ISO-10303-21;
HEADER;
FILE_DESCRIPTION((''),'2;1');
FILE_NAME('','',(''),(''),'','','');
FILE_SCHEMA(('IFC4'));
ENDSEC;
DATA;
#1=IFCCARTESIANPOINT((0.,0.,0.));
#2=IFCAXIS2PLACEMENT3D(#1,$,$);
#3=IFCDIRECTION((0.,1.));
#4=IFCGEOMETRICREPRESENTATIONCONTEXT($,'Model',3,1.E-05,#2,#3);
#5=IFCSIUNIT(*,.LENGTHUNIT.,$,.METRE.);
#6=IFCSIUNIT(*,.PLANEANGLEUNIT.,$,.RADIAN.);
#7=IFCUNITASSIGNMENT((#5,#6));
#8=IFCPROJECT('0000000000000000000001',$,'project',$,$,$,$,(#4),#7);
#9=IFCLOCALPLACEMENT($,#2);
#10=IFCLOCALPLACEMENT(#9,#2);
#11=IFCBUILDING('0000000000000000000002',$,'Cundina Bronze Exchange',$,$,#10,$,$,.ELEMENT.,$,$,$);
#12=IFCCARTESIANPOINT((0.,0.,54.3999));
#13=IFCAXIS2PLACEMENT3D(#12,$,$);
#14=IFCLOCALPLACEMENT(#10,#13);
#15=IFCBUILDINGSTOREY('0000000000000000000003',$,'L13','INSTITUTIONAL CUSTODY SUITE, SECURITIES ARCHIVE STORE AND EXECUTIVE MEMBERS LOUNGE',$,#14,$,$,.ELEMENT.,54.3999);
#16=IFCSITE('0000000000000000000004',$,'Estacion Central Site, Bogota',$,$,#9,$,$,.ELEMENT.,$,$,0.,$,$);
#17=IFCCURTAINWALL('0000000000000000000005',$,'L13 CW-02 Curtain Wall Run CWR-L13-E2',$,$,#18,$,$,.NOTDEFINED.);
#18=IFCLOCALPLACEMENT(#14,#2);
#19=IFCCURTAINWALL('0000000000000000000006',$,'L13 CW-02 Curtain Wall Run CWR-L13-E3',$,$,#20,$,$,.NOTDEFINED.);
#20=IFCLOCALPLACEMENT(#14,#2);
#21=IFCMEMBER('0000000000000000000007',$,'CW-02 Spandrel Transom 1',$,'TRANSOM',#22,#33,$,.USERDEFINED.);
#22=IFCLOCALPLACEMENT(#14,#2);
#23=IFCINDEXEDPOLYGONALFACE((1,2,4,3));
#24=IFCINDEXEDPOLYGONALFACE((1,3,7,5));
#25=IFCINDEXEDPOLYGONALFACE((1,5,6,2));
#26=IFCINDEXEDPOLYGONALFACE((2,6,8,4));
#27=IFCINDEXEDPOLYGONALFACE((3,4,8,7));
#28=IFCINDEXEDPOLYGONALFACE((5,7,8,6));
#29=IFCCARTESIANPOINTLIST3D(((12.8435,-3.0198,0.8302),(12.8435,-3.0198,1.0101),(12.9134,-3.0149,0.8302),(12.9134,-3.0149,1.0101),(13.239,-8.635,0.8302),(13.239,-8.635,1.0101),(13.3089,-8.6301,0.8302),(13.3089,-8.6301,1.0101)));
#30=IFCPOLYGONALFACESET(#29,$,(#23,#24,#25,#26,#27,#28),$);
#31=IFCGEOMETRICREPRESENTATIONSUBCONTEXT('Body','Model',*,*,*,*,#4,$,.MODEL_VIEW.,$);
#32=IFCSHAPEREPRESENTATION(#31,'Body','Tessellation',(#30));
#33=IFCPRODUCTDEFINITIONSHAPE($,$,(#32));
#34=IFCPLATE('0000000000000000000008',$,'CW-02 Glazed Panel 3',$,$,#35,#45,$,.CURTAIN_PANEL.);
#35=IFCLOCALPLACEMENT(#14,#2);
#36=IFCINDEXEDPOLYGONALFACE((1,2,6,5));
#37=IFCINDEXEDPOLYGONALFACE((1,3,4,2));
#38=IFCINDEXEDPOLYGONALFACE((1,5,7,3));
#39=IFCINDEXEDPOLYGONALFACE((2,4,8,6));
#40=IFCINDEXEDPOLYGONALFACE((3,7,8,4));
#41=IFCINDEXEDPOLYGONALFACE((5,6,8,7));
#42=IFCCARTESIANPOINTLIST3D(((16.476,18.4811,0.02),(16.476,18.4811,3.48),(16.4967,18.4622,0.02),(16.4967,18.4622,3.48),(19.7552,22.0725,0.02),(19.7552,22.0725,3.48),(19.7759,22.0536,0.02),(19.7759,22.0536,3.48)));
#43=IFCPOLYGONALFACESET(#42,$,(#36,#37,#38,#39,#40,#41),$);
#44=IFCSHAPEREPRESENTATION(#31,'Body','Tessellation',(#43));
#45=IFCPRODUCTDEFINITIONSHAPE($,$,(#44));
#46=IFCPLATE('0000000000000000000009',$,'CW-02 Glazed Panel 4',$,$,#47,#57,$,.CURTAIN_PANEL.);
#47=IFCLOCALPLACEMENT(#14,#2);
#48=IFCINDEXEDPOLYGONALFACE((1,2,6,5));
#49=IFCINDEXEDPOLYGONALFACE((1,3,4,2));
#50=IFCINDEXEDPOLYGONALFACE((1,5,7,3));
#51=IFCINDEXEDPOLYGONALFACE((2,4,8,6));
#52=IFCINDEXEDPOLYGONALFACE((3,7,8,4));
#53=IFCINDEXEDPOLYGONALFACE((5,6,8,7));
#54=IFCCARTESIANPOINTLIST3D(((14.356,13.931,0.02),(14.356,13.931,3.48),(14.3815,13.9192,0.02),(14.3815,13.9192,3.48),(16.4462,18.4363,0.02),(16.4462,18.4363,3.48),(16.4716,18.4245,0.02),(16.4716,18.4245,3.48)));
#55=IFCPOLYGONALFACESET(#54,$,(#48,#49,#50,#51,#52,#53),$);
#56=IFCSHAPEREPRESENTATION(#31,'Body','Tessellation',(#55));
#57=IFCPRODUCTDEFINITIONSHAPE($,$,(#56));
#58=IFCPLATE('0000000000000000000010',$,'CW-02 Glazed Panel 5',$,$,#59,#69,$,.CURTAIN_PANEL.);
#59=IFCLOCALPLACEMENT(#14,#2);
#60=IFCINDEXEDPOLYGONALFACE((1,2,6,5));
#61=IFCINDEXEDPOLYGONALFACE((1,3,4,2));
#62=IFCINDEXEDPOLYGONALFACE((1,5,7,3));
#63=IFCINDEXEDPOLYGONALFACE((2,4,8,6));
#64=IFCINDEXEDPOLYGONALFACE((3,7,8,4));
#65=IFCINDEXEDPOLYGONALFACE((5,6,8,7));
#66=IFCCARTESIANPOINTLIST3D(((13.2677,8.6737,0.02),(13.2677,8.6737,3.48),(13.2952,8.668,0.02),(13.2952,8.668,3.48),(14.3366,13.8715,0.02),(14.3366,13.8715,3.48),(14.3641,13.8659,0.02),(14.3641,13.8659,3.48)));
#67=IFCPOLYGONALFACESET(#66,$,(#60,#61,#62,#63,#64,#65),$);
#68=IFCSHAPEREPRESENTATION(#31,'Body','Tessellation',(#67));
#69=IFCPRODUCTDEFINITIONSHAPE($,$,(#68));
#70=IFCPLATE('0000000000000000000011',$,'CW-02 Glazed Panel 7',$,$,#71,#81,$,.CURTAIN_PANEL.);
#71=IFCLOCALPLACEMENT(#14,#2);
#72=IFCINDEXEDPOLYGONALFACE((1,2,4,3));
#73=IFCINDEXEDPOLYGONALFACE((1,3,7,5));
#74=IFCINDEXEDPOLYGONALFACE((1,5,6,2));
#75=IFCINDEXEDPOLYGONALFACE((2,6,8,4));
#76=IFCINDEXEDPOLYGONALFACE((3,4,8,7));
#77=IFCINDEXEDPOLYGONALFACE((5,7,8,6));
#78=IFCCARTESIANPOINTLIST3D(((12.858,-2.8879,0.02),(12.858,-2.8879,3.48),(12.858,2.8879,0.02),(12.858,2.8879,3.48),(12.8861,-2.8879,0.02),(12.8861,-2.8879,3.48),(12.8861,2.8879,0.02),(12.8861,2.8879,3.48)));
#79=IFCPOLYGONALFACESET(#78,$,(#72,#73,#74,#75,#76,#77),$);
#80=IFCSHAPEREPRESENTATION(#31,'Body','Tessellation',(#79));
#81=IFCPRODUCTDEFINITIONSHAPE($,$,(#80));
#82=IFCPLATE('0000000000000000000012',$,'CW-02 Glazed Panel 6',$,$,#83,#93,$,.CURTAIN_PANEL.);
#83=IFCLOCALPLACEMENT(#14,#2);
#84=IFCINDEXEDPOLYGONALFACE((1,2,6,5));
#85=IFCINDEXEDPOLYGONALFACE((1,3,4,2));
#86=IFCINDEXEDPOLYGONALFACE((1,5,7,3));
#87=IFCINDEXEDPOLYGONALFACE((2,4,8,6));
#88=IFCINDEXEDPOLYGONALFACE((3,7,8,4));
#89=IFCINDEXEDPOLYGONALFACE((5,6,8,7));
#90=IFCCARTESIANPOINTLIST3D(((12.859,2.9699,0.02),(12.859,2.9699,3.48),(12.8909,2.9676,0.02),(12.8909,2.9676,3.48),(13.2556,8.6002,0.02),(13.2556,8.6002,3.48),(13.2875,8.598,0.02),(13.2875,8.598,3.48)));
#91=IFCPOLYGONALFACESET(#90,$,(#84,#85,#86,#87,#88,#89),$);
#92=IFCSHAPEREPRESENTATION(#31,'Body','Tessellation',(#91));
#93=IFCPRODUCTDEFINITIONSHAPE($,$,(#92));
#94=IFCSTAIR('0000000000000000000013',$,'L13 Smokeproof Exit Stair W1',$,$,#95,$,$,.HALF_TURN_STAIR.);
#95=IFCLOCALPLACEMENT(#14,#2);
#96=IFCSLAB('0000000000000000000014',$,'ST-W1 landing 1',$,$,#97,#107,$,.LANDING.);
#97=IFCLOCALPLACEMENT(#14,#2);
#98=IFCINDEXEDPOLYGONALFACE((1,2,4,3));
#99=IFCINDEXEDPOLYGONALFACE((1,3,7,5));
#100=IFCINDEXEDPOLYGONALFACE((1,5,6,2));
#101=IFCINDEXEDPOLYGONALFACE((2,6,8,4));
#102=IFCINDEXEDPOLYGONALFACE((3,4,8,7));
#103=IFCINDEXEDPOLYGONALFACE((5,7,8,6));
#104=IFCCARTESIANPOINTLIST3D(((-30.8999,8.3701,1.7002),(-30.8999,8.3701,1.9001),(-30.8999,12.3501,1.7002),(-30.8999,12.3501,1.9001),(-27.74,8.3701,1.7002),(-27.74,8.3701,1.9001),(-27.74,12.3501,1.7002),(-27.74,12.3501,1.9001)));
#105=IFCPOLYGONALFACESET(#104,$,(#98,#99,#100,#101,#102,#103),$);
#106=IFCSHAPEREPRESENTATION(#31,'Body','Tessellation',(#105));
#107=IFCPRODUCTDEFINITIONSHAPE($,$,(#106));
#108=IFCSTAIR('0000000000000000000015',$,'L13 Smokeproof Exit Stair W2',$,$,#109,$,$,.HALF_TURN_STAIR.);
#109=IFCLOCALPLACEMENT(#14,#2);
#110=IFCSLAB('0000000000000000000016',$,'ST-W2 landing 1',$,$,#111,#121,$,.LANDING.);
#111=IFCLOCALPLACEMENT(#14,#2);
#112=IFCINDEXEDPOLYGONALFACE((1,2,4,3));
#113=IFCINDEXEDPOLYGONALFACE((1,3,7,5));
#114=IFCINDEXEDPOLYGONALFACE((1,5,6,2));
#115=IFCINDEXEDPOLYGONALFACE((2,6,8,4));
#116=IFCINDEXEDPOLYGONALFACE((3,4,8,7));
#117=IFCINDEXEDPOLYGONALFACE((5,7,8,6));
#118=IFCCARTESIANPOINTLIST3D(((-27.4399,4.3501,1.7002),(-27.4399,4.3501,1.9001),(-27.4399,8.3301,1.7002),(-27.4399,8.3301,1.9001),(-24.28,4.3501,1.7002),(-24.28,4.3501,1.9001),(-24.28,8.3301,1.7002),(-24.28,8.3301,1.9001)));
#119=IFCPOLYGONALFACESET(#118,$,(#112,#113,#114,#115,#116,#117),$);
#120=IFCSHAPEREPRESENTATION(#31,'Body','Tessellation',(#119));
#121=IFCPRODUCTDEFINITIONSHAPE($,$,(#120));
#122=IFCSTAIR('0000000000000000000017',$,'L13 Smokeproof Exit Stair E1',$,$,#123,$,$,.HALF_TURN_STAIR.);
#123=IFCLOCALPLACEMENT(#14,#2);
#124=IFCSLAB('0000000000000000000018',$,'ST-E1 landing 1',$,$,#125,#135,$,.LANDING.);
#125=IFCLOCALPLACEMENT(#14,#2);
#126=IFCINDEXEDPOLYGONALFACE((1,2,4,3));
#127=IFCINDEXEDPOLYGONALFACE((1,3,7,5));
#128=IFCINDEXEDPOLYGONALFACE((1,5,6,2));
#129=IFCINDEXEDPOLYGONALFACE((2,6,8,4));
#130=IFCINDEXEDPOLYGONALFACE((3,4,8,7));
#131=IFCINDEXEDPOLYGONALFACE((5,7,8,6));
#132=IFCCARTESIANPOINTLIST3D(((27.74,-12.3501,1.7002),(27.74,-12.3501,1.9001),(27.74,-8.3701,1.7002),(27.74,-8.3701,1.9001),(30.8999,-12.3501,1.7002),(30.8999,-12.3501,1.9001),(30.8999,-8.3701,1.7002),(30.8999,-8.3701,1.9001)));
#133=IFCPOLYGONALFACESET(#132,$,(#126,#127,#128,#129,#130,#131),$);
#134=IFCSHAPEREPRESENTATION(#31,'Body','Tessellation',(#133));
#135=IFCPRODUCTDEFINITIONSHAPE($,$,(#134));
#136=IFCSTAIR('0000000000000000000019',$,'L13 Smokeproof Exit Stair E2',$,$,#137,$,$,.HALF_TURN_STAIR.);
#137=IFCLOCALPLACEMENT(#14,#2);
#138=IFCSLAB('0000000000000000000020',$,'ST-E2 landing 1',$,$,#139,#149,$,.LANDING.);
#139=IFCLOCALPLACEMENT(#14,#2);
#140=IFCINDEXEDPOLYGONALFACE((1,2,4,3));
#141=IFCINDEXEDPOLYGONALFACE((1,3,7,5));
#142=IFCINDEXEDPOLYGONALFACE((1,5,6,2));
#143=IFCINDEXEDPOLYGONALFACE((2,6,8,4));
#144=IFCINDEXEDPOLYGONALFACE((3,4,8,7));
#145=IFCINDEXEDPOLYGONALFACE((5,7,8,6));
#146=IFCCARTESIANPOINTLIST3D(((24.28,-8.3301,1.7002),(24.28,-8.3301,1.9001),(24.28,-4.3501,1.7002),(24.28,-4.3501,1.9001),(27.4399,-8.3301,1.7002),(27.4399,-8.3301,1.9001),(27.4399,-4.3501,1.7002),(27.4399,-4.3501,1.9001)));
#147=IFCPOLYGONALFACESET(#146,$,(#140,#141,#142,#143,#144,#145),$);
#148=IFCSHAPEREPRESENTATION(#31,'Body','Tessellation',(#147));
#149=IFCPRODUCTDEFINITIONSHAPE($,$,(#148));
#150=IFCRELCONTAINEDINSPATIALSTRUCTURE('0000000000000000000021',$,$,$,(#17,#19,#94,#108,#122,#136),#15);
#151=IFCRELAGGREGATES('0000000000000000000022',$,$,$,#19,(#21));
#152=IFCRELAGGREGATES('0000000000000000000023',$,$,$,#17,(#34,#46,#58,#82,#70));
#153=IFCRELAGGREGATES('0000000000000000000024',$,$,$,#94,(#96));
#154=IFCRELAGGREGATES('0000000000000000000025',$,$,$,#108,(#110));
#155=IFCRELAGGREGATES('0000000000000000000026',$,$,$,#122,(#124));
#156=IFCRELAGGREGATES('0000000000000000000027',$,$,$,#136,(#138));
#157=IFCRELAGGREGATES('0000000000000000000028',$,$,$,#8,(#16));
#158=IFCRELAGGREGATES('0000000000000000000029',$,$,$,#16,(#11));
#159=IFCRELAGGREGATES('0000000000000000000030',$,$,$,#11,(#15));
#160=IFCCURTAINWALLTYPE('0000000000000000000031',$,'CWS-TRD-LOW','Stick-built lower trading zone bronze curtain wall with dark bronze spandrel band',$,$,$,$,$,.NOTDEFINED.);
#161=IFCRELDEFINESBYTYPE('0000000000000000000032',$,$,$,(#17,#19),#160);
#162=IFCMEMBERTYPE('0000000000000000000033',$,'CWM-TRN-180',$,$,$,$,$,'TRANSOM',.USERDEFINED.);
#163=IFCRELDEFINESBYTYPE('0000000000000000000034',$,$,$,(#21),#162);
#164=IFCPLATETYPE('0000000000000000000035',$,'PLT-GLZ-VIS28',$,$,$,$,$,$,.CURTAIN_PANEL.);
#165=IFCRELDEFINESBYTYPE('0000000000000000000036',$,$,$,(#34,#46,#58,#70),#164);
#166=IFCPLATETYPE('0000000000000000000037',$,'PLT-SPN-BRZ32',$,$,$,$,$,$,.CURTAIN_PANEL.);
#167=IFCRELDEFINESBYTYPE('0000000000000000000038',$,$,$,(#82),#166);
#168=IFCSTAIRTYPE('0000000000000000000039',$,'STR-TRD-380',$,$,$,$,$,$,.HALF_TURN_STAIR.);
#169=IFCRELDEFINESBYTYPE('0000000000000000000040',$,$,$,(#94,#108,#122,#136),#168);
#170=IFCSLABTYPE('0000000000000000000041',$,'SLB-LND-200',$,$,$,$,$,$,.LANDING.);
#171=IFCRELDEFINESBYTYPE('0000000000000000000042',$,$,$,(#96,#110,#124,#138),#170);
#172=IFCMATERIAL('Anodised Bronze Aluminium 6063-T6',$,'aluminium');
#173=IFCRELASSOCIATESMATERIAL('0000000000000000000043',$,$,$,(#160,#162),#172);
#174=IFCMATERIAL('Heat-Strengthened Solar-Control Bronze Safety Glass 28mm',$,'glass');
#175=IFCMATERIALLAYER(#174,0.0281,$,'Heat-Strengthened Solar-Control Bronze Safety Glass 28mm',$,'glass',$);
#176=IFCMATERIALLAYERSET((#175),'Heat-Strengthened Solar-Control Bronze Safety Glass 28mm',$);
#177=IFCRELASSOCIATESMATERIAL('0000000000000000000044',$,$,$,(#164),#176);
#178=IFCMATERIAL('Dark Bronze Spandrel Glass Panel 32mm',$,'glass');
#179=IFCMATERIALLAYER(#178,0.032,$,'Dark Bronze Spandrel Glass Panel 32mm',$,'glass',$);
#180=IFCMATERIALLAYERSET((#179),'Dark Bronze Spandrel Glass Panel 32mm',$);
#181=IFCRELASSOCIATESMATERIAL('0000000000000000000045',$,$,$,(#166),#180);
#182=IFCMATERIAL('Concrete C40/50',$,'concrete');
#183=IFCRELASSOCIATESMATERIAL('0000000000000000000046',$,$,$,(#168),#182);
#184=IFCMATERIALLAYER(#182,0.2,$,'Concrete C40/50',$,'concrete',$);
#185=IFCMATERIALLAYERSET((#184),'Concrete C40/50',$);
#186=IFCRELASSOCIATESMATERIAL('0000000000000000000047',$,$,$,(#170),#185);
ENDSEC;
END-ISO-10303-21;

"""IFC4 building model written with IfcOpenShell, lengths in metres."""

from ifc_helpers import new_model, si_unit, direction, frame, origin, origin_2d, place, context, subcontext, project, spatial, polyline, rectangle, outline, extrude, material, layer, layer_set, material_profile, profile_set, type_object, element, aggregate, save


model = new_model("IFC4")

# Units and contexts
model_context = context("Model", 3, precision=1e-05, world=origin(), true_north=direction((0.0, 1.0)))
body_context = subcontext(model_context, "Body", "Model", "MODEL_VIEW")
ifc_project = project(units=[si_unit("LENGTHUNIT", "METRE"), si_unit("PLANEANGLEUNIT", "RADIAN")], contexts=[model_context])

# Site, building, storey
site_placement = place(None, origin())
site = spatial("IfcSite", under=ifc_project, at=site_placement, Name="Estacion Central Site, Bogota", CompositionType="ELEMENT", RefElevation=0.0)
building_placement = place(site_placement, origin())
building = spatial("IfcBuilding", under=site, at=building_placement, Name="Cundina Bronze Exchange", CompositionType="ELEMENT")
storey_placement = place(building_placement, frame((0.0, 0.0, 54.3999)))
storey = spatial("IfcBuildingStorey", under=building, at=storey_placement, Name="L13", Description="INSTITUTIONAL CUSTODY SUITE, SECURITIES ARCHIVE STORE AND EXECUTIVE MEMBERS LOUNGE", CompositionType="ELEMENT", Elevation=54.3999)

# Curtain wall
ifc_material_1 = material(Name="Anodised Bronze Aluminium 6063-T6", Category="aluminium")
curtain_wall_type = type_object("IfcCurtainWallType", Name="CWS-TRD-LOW", Description="Stick-built lower trading zone bronze curtain wall with dark bronze spandrel band", PredefinedType="NOTDEFINED", material=ifc_material_1)
curtain_wall_1_placement = place(storey_placement, origin())
curtain_wall_1 = element("IfcCurtainWall", 1, at=curtain_wall_1_placement, inside=storey, type_object=curtain_wall_type, Name="L13 CW-02 Curtain Wall Run CWR-L13-E2", PredefinedType="NOTDEFINED")

# Curtain wall
curtain_wall_2_placement = place(storey_placement, origin())
curtain_wall_2 = element("IfcCurtainWall", 2, at=curtain_wall_2_placement, inside=storey, type_object=curtain_wall_type, Name="L13 CW-02 Curtain Wall Run CWR-L13-E3", PredefinedType="NOTDEFINED")

# Member
ifc_material_profile_1 = material_profile(ifc_material_1, rectangle(XDim=0.0701, YDim=0.1799, at=origin_2d()), Name="AL70X180", Category="aluminium")
ifc_profile_set_1 = profile_set([ifc_material_profile_1], Name="Anodised Bronze Aluminium 6063-T6")
member_type_1 = type_object("IfcMemberType", Name="CWM-TRN-180", ElementType="TRANSOM", PredefinedType="USERDEFINED", material=ifc_profile_set_1)
member_1_placement = place(storey_placement, frame((12.8784, -3.0173, 0.9202), z_axis=(0.070261, -0.997529, 0.0), x_axis=(0.997529, 0.070261, 0.0)))
member_1 = element("IfcMember", 3, at=member_1_placement, type_object=member_type_1, Name="CW-02 Spandrel Transom 1", ObjectType="TRANSOM", PredefinedType="USERDEFINED", context=body_context, shape_type="SweptSolid", body=[
    extrude(rectangle(XDim=0.0701, YDim=0.1799, at=origin_2d()), origin(), (0.0, 0.0, 1.0), 5.6292),
])
aggregate(curtain_wall_2, [member_1])

# Plates
ifc_material_2 = material(Name="Heat-Strengthened Solar-Control Bronze Safety Glass 28mm", Category="glass")
ifc_layer_1 = layer(ifc_material_2, 0.0281, Name="Heat-Strengthened Solar-Control Bronze Safety Glass 28mm", Category="glass")
ifc_layer_set_1 = layer_set([ifc_layer_1], Name="Heat-Strengthened Solar-Control Bronze Safety Glass 28mm")
plate_type_1 = type_object("IfcPlateType", Name="PLT-GLZ-VIS28", PredefinedType="CURTAIN_PANEL", material=ifc_layer_set_1)
plate_1_placement = place(storey_placement, frame((18.126, 20.2673, 0.02), z_axis=(0.0, 0.0, 1.0), x_axis=(-0.674277, -0.738479, 0.0)))
plate_1 = element("IfcPlate", 4, at=plate_1_placement, type_object=plate_type_1, Name="CW-02 Glazed Panel 3", PredefinedType="CURTAIN_PANEL", context=body_context, shape_type="SweptSolid", body=[
    extrude(rectangle(XDim=4.8633, YDim=0.0281, at=origin_2d()), origin(), (0.0, 0.0, 1.0), 3.46),
])
plate_2_placement = place(storey_placement, frame((15.4138, 16.1777, 0.02), z_axis=(0.0, 0.0, 1.0), x_axis=(-0.420846, -0.907132, 0.0)))
plate_2 = element("IfcPlate", 5, at=plate_2_placement, type_object=plate_type_1, Name="CW-02 Glazed Panel 4", PredefinedType="CURTAIN_PANEL", context=body_context, shape_type="SweptSolid", body=[
    extrude(rectangle(XDim=4.9666, YDim=0.0281, at=origin_2d()), origin(), (0.0, 0.0, 1.0), 3.46),
])
plate_3_placement = place(storey_placement, frame((13.8159, 11.2698, 0.02), z_axis=(0.0, 0.0, 1.0), x_axis=(-0.20142, -0.979505, 0.0)))
plate_3 = element("IfcPlate", 6, at=plate_3_placement, type_object=plate_type_1, Name="CW-02 Glazed Panel 5", PredefinedType="CURTAIN_PANEL", context=body_context, shape_type="SweptSolid", body=[
    extrude(rectangle(XDim=5.3066, YDim=0.0281, at=origin_2d()), origin(), (0.0, 0.0, 1.0), 3.46),
])
plate_4_placement = place(storey_placement, frame((12.8721, 0.0, 0.02), z_axis=(0.0, 0.0, 1.0), x_axis=(0.0, -1.0, 0.0)))
plate_4 = element("IfcPlate", 7, at=plate_4_placement, type_object=plate_type_1, Name="CW-02 Glazed Panel 7", PredefinedType="CURTAIN_PANEL", context=body_context, shape_type="SweptSolid", body=[
    extrude(rectangle(XDim=5.7759, YDim=0.0281, at=origin_2d()), origin(), (0.0, 0.0, 1.0), 3.46),
])
ifc_material_3 = material(Name="Dark Bronze Spandrel Glass Panel 32mm", Category="glass")
ifc_layer_2 = layer(ifc_material_3, 0.032, Name="Dark Bronze Spandrel Glass Panel 32mm", Category="glass")
ifc_layer_set_2 = layer_set([ifc_layer_2], Name="Dark Bronze Spandrel Glass Panel 32mm")
plate_type_2 = type_object("IfcPlateType", Name="PLT-SPN-BRZ32", PredefinedType="CURTAIN_PANEL", material=ifc_layer_set_2)
plate_5_placement = place(storey_placement, frame((13.0732, 5.7839, 0.02), z_axis=(0.0, 0.0, 1.0), x_axis=(-0.070279, -0.997527, 0.0)))
plate_5 = element("IfcPlate", 8, at=plate_5_placement, type_object=plate_type_2, Name="CW-02 Glazed Panel 6", PredefinedType="CURTAIN_PANEL", context=body_context, shape_type="SweptSolid", body=[
    extrude(rectangle(XDim=5.6443, YDim=0.032, at=origin_2d()), origin(), (0.0, 0.0, 1.0), 3.46),
])
aggregate(curtain_wall_1, [plate_1, plate_2, plate_3, plate_5, plate_4])

# Stairs, slabs
ifc_material_4 = material(Name="Concrete C40/50", Category="concrete")
stair_type = type_object("IfcStairType", Name="STR-TRD-380", PredefinedType="HALF_TURN_STAIR", material=ifc_material_4)
stair_1_placement = place(storey_placement, origin())
stair_1 = element("IfcStair", 9, at=stair_1_placement, inside=storey, type_object=stair_type, Name="L13 Smokeproof Exit Stair W1", PredefinedType="HALF_TURN_STAIR")
ifc_layer_3 = layer(ifc_material_4, 0.2, Name="Concrete C40/50", Category="concrete")
ifc_layer_set_3 = layer_set([ifc_layer_3], Name="Concrete C40/50")
slab_type_1 = type_object("IfcSlabType", Name="SLB-LND-200", PredefinedType="LANDING", material=ifc_layer_set_3)
slab_1_placement = place(storey_placement, frame((0.0, 0.0, 1.7002)))
slab_1 = element("IfcSlab", 10, at=slab_1_placement, type_object=slab_type_1, Name="ST-W1 landing 1", PredefinedType="LANDING", context=body_context, shape_type="SweptSolid", body=[
    extrude(outline(polyline([(-27.74, 8.3701), (-27.74, 12.3501), (-30.8999, 12.3501), (-30.8999, 8.3701), (-27.74, 8.3701)])), origin(), (0.0, 0.0, 1.0), 0.2),
])
aggregate(stair_1, [slab_1])
stair_2_placement = place(storey_placement, origin())
stair_2 = element("IfcStair", 11, at=stair_2_placement, inside=storey, type_object=stair_type, Name="L13 Smokeproof Exit Stair W2", PredefinedType="HALF_TURN_STAIR")
slab_2_placement = place(storey_placement, frame((0.0, 0.0, 1.7002)))
slab_2 = element("IfcSlab", 12, at=slab_2_placement, type_object=slab_type_1, Name="ST-W2 landing 1", PredefinedType="LANDING", context=body_context, shape_type="SweptSolid", body=[
    extrude(outline(polyline([(-27.4399, 8.3301), (-27.4399, 4.3501), (-24.28, 4.3501), (-24.28, 8.3301), (-27.4399, 8.3301)])), origin(), (0.0, 0.0, 1.0), 0.2),
])
aggregate(stair_2, [slab_2])
stair_3_placement = place(storey_placement, origin())
stair_3 = element("IfcStair", 13, at=stair_3_placement, inside=storey, type_object=stair_type, Name="L13 Smokeproof Exit Stair E1", PredefinedType="HALF_TURN_STAIR")
slab_3_placement = place(storey_placement, frame((0.0, 0.0, 1.7002)))
slab_3 = element("IfcSlab", 14, at=slab_3_placement, type_object=slab_type_1, Name="ST-E1 landing 1", PredefinedType="LANDING", context=body_context, shape_type="SweptSolid", body=[
    extrude(outline(polyline([(27.74, -8.3701), (27.74, -12.3501), (30.8999, -12.3501), (30.8999, -8.3701), (27.74, -8.3701)])), origin(), (0.0, 0.0, 1.0), 0.2),
])
aggregate(stair_3, [slab_3])
stair_4_placement = place(storey_placement, origin())
stair_4 = element("IfcStair", 15, at=stair_4_placement, inside=storey, type_object=stair_type, Name="L13 Smokeproof Exit Stair E2", PredefinedType="HALF_TURN_STAIR")
slab_4_placement = place(storey_placement, frame((0.0, 0.0, 1.7002)))
slab_4 = element("IfcSlab", 16, at=slab_4_placement, type_object=slab_type_1, Name="ST-E2 landing 1", PredefinedType="LANDING", context=body_context, shape_type="SweptSolid", body=[
    extrude(outline(polyline([(27.4399, -8.3301), (27.4399, -4.3501), (24.28, -4.3501), (24.28, -8.3301), (27.4399, -8.3301)])), origin(), (0.0, 0.0, 1.0), 0.2),
])
aggregate(stair_4, [slab_4])

save(model, "model.ifc")
